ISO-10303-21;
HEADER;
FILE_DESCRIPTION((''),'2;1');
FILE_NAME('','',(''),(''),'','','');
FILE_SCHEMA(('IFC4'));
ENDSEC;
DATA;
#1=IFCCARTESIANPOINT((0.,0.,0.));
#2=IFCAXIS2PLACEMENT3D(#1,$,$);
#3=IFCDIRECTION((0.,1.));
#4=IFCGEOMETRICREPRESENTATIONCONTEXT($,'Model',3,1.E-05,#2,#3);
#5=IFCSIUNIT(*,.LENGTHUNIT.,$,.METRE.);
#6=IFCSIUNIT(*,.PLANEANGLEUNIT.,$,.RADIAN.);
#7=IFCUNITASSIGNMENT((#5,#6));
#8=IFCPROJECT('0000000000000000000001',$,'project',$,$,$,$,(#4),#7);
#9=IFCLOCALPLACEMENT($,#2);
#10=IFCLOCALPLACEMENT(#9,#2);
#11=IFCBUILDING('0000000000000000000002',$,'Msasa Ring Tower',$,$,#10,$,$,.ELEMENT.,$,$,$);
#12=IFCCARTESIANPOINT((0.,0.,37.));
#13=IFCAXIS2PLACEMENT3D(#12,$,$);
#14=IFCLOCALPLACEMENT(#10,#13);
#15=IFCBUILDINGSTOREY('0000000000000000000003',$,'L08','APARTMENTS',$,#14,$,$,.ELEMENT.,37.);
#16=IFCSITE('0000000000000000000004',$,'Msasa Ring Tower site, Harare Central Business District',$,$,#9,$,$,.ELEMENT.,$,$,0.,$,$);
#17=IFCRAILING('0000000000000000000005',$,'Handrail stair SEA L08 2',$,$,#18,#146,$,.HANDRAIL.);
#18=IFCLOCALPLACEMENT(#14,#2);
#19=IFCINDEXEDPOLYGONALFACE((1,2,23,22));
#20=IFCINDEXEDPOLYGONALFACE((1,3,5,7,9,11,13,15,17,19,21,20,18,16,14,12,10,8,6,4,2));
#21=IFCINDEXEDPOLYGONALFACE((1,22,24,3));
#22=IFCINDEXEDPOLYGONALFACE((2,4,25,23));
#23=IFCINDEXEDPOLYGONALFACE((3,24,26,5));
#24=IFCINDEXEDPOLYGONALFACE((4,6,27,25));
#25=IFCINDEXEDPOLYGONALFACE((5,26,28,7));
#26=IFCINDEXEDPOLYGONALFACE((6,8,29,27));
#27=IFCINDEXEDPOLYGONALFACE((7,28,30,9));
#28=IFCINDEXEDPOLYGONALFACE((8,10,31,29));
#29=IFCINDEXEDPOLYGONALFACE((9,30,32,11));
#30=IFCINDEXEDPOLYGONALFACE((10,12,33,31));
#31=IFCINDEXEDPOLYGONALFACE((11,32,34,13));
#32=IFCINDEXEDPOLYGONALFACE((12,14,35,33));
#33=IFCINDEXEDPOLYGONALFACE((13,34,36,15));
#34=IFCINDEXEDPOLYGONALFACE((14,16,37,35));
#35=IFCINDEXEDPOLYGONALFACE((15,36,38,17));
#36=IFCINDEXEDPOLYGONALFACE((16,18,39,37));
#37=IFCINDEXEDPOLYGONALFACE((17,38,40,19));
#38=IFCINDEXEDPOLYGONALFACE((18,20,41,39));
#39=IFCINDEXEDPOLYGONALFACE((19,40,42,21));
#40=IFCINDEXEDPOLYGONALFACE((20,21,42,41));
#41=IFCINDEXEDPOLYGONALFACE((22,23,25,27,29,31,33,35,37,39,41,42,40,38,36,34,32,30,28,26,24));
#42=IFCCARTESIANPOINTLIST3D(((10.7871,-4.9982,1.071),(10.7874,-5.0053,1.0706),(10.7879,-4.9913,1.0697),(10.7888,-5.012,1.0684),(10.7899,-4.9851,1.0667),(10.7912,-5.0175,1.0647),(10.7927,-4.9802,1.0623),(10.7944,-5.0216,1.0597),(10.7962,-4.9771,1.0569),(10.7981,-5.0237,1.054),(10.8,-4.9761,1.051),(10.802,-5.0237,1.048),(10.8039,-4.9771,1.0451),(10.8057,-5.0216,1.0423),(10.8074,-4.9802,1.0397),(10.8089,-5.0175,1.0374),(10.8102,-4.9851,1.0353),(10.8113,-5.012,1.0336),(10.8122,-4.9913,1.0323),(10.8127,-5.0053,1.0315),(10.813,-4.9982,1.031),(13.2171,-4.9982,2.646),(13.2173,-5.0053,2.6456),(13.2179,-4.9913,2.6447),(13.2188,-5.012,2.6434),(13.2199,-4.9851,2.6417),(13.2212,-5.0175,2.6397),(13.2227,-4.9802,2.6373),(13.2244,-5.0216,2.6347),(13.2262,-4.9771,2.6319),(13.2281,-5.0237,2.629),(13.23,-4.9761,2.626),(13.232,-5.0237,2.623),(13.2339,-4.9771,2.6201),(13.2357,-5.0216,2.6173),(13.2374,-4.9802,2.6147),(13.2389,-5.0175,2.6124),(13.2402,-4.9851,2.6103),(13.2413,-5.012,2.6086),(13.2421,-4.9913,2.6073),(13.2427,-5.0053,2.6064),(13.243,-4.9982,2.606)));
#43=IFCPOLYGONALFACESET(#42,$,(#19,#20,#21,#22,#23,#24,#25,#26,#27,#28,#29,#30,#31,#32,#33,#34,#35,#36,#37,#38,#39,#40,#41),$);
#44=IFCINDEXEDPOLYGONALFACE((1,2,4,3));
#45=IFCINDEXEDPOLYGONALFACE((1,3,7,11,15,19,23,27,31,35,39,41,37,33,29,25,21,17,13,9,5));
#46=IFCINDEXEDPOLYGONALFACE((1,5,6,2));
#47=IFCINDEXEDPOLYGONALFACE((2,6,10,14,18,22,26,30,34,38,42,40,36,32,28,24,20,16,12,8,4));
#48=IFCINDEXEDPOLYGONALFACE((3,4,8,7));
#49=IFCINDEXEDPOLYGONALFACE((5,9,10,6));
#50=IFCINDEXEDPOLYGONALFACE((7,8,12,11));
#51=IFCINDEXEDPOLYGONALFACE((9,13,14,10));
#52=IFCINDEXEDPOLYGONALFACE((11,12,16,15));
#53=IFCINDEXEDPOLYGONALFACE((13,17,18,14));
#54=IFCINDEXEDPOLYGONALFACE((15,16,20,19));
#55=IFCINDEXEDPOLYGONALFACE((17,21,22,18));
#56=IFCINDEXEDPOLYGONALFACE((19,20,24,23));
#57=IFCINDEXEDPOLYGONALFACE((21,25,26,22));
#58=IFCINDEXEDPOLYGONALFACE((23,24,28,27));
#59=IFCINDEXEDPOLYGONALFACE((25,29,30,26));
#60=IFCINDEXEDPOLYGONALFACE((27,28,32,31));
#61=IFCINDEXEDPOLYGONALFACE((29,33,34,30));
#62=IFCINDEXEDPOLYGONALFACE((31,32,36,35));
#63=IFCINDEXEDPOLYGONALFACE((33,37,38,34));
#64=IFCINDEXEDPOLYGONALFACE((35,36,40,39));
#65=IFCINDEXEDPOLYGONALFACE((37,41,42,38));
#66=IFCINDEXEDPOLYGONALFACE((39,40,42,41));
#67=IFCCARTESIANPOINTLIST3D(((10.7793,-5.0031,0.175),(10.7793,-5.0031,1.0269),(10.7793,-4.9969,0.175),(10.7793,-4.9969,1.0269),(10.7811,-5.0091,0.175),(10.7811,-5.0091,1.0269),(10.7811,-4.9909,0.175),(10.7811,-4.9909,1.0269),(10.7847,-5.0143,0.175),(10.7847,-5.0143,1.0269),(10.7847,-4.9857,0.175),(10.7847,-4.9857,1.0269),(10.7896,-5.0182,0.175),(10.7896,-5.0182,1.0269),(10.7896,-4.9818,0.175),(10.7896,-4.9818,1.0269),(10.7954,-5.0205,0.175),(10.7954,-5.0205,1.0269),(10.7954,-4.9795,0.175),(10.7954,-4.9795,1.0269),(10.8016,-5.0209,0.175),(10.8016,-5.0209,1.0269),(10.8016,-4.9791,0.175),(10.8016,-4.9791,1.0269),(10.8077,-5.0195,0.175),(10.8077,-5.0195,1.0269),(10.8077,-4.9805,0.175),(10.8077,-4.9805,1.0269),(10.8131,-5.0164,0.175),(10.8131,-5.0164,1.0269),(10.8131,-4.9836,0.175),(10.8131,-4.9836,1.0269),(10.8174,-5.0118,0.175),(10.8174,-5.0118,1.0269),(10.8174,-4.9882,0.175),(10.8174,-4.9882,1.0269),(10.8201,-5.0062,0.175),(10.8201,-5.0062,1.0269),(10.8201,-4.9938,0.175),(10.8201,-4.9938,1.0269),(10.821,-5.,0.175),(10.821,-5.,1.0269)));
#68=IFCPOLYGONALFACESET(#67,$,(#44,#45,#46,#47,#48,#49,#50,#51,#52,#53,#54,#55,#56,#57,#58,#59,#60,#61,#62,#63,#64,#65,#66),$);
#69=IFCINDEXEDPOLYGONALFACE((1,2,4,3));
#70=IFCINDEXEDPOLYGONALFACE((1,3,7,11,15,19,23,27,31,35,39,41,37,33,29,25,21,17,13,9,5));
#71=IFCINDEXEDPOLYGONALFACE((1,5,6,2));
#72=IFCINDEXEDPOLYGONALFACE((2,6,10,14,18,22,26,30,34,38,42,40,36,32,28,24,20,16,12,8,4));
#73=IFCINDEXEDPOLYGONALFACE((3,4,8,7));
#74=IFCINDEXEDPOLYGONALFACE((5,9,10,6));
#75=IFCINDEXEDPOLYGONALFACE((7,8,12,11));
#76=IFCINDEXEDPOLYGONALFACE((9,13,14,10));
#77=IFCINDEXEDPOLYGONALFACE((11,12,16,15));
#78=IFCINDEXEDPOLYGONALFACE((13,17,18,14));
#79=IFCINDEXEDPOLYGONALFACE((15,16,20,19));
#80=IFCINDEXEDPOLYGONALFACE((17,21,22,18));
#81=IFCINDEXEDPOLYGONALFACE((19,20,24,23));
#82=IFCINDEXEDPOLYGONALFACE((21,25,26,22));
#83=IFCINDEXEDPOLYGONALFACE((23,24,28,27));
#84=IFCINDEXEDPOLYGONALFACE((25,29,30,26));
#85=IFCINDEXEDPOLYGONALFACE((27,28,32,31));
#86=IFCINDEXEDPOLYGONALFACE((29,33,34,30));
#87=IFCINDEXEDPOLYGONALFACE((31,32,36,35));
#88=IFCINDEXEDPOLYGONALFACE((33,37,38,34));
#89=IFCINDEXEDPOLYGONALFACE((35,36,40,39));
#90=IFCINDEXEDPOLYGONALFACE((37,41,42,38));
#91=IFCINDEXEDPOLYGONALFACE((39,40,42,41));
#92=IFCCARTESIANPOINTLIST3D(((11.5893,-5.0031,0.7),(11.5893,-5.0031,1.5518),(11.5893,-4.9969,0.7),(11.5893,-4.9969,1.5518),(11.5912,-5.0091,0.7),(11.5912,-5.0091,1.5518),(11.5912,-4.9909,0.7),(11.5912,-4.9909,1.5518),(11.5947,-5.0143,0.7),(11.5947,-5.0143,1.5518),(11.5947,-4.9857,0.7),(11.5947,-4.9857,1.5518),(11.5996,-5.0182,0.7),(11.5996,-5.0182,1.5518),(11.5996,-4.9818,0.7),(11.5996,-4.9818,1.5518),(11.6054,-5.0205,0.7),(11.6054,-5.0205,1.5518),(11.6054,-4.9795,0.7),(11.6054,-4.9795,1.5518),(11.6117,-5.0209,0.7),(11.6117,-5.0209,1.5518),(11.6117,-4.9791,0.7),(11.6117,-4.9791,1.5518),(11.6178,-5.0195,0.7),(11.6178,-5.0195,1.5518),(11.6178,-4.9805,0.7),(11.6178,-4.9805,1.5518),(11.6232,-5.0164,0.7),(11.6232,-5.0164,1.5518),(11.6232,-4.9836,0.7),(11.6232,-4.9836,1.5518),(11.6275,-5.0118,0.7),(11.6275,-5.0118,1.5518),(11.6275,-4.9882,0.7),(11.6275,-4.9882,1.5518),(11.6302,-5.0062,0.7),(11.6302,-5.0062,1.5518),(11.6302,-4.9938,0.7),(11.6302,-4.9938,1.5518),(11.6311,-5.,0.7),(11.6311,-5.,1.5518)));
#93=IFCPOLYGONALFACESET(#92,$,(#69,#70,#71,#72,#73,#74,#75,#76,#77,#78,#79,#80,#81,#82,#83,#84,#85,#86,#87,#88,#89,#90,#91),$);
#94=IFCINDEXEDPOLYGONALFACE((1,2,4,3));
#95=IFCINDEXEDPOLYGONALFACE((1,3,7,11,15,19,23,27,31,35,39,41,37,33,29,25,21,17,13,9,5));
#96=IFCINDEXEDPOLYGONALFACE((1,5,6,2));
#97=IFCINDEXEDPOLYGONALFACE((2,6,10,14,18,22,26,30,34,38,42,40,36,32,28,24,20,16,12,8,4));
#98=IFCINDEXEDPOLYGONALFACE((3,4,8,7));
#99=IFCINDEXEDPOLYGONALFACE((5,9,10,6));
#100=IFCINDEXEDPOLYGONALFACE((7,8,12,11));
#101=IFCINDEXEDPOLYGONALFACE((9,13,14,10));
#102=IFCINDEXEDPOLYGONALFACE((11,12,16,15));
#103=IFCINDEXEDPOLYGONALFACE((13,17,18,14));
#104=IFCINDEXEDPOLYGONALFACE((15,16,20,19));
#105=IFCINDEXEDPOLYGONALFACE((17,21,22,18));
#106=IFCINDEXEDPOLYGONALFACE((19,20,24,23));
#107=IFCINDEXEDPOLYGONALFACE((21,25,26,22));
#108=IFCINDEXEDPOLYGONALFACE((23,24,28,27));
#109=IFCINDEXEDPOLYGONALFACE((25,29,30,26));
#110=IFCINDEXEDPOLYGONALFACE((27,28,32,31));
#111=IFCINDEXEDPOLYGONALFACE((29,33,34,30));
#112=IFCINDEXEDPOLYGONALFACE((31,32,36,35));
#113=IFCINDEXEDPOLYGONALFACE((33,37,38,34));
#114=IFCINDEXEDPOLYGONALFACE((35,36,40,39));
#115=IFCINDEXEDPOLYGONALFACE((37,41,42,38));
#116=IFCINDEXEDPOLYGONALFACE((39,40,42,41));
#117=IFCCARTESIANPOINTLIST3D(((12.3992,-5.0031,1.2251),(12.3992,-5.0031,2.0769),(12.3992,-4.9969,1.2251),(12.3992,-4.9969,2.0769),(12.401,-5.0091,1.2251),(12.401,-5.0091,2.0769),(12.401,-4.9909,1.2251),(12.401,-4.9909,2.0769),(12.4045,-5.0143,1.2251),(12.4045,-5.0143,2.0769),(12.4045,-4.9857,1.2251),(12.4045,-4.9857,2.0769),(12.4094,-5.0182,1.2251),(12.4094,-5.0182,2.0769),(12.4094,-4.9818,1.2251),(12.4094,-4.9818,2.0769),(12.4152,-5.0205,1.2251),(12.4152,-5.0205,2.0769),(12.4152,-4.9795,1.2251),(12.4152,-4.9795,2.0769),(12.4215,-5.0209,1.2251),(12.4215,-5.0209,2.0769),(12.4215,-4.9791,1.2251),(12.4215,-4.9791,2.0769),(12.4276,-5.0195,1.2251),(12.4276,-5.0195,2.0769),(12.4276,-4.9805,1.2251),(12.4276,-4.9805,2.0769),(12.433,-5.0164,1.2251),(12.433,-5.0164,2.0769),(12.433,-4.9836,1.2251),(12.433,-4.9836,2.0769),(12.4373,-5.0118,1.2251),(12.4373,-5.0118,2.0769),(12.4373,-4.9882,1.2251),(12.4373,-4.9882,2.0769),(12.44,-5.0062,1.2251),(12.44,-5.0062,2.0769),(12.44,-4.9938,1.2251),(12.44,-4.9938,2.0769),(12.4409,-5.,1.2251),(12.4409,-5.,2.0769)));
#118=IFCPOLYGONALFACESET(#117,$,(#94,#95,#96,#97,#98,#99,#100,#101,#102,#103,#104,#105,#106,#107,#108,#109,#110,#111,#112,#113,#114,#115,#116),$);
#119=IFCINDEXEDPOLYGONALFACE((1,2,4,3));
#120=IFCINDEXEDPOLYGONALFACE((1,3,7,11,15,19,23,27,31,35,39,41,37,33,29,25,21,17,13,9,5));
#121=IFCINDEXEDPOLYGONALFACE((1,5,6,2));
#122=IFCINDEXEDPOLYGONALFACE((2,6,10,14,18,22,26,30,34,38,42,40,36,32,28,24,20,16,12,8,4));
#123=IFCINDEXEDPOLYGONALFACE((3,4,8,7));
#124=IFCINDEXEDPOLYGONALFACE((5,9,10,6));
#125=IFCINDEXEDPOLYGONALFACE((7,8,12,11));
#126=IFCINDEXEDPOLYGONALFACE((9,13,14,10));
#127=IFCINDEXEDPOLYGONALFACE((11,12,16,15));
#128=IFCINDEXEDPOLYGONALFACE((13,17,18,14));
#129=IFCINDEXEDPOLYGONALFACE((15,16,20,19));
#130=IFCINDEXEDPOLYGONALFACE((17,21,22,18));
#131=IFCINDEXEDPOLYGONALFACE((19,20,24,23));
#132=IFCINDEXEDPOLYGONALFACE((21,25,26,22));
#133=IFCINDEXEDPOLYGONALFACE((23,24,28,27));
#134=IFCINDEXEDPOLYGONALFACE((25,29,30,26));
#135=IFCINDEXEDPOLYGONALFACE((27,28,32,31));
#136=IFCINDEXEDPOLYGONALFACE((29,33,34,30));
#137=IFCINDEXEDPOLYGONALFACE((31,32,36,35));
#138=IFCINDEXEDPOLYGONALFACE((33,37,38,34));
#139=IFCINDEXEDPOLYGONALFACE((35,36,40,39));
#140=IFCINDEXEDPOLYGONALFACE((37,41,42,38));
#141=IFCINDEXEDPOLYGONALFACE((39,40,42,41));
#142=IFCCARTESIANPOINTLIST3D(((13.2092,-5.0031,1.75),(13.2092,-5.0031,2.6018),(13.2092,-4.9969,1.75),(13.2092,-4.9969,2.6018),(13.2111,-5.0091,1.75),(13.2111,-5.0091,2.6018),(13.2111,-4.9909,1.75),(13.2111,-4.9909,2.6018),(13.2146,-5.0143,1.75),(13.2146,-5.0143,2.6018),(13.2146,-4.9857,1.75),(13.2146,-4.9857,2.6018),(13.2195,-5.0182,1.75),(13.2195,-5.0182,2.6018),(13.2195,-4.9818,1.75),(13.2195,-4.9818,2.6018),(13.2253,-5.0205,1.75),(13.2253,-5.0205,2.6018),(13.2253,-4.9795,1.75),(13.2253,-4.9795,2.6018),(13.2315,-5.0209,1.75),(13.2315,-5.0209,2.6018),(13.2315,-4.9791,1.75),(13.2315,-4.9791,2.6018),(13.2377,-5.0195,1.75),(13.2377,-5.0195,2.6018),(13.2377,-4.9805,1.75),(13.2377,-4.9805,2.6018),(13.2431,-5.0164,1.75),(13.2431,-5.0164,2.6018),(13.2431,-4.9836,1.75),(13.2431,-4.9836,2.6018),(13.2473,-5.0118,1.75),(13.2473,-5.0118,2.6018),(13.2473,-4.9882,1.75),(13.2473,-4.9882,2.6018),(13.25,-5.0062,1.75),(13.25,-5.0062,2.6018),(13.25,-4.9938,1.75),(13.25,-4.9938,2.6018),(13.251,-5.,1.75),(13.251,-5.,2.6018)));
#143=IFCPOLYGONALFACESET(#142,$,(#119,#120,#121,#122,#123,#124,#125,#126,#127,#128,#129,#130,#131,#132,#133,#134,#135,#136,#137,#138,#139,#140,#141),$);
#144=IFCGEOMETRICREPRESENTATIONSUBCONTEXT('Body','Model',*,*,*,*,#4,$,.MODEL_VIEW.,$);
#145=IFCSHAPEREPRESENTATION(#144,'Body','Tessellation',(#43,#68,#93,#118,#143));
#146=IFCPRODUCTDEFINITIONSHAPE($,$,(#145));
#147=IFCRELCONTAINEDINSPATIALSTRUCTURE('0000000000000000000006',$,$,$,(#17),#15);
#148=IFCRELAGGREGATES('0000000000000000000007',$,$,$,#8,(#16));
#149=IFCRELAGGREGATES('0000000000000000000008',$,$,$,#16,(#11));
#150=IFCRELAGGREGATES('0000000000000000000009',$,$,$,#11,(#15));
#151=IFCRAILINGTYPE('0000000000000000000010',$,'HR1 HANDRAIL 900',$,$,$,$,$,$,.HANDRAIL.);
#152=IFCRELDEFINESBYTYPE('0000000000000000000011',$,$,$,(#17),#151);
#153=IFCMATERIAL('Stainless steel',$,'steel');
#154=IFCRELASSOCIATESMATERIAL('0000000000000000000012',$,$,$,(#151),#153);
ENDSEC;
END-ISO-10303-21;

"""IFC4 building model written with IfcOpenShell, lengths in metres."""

from ifc_helpers import new_model, si_unit, direction, frame, origin, origin_2d, place, context, subcontext, project, spatial, circle, extrude, material, type_object, element, save


model = new_model("IFC4")

# Units and contexts
model_context = context("Model", 3, precision=1e-05, world=origin(), true_north=direction((0.0, 1.0)))
body_context = subcontext(model_context, "Body", "Model", "MODEL_VIEW")
ifc_project = project(units=[si_unit("LENGTHUNIT", "METRE"), si_unit("PLANEANGLEUNIT", "RADIAN")], contexts=[model_context])

# Site, building, storey
site_placement = place(None, origin())
site = spatial("IfcSite", under=ifc_project, at=site_placement, Name="Msasa Ring Tower site, Harare Central Business District", CompositionType="ELEMENT", RefElevation=0.0)
building_placement = place(site_placement, origin())
building = spatial("IfcBuilding", under=site, at=building_placement, Name="Msasa Ring Tower", CompositionType="ELEMENT")
storey_placement = place(building_placement, frame((0.0, 0.0, 37.0)))
storey = spatial("IfcBuildingStorey", under=building, at=storey_placement, Name="L08", Description="APARTMENTS", CompositionType="ELEMENT", Elevation=37.0)

# Railing
ifc_material_1 = material(Name="Stainless steel", Category="steel")
railing_type = type_object("IfcRailingType", Name="HR1 HANDRAIL 900", PredefinedType="HANDRAIL", material=ifc_material_1)
for number, where, name in (
    (1, (10.8, -5.0, 0.175), "Handrail stair SEA L08 2"),
):
    element("IfcRailing", number, at=place(storey_placement, frame(where)), inside=storey, type_object=railing_type, Name=name, PredefinedType="HANDRAIL", context=body_context, shape_type="SweptSolid", body=[
        extrude(circle(Radius=0.0239, at=origin_2d()), frame((0.0, 0.0, 0.876), z_axis=(0.839154, 0.0, 0.543894), x_axis=(0.0, 1.0, 0.0)), (0.0, 0.0, 1.0), 2.8958),
        extrude(circle(Radius=0.021, at=origin_2d()), origin(), (0.0, 0.0, 1.0), 0.8518),
        extrude(circle(Radius=0.021, at=origin_2d()), frame((0.8101, 0.0, 0.5249)), (0.0, 0.0, 1.0), 0.8518),
        extrude(circle(Radius=0.021, at=origin_2d()), frame((1.6199, 0.0, 1.05)), (0.0, 0.0, 1.0), 0.8518),
        extrude(circle(Radius=0.021, at=origin_2d()), frame((2.4299, 0.0, 1.575)), (0.0, 0.0, 1.0), 0.8518),
    ])

save(model, "model.ifc")
